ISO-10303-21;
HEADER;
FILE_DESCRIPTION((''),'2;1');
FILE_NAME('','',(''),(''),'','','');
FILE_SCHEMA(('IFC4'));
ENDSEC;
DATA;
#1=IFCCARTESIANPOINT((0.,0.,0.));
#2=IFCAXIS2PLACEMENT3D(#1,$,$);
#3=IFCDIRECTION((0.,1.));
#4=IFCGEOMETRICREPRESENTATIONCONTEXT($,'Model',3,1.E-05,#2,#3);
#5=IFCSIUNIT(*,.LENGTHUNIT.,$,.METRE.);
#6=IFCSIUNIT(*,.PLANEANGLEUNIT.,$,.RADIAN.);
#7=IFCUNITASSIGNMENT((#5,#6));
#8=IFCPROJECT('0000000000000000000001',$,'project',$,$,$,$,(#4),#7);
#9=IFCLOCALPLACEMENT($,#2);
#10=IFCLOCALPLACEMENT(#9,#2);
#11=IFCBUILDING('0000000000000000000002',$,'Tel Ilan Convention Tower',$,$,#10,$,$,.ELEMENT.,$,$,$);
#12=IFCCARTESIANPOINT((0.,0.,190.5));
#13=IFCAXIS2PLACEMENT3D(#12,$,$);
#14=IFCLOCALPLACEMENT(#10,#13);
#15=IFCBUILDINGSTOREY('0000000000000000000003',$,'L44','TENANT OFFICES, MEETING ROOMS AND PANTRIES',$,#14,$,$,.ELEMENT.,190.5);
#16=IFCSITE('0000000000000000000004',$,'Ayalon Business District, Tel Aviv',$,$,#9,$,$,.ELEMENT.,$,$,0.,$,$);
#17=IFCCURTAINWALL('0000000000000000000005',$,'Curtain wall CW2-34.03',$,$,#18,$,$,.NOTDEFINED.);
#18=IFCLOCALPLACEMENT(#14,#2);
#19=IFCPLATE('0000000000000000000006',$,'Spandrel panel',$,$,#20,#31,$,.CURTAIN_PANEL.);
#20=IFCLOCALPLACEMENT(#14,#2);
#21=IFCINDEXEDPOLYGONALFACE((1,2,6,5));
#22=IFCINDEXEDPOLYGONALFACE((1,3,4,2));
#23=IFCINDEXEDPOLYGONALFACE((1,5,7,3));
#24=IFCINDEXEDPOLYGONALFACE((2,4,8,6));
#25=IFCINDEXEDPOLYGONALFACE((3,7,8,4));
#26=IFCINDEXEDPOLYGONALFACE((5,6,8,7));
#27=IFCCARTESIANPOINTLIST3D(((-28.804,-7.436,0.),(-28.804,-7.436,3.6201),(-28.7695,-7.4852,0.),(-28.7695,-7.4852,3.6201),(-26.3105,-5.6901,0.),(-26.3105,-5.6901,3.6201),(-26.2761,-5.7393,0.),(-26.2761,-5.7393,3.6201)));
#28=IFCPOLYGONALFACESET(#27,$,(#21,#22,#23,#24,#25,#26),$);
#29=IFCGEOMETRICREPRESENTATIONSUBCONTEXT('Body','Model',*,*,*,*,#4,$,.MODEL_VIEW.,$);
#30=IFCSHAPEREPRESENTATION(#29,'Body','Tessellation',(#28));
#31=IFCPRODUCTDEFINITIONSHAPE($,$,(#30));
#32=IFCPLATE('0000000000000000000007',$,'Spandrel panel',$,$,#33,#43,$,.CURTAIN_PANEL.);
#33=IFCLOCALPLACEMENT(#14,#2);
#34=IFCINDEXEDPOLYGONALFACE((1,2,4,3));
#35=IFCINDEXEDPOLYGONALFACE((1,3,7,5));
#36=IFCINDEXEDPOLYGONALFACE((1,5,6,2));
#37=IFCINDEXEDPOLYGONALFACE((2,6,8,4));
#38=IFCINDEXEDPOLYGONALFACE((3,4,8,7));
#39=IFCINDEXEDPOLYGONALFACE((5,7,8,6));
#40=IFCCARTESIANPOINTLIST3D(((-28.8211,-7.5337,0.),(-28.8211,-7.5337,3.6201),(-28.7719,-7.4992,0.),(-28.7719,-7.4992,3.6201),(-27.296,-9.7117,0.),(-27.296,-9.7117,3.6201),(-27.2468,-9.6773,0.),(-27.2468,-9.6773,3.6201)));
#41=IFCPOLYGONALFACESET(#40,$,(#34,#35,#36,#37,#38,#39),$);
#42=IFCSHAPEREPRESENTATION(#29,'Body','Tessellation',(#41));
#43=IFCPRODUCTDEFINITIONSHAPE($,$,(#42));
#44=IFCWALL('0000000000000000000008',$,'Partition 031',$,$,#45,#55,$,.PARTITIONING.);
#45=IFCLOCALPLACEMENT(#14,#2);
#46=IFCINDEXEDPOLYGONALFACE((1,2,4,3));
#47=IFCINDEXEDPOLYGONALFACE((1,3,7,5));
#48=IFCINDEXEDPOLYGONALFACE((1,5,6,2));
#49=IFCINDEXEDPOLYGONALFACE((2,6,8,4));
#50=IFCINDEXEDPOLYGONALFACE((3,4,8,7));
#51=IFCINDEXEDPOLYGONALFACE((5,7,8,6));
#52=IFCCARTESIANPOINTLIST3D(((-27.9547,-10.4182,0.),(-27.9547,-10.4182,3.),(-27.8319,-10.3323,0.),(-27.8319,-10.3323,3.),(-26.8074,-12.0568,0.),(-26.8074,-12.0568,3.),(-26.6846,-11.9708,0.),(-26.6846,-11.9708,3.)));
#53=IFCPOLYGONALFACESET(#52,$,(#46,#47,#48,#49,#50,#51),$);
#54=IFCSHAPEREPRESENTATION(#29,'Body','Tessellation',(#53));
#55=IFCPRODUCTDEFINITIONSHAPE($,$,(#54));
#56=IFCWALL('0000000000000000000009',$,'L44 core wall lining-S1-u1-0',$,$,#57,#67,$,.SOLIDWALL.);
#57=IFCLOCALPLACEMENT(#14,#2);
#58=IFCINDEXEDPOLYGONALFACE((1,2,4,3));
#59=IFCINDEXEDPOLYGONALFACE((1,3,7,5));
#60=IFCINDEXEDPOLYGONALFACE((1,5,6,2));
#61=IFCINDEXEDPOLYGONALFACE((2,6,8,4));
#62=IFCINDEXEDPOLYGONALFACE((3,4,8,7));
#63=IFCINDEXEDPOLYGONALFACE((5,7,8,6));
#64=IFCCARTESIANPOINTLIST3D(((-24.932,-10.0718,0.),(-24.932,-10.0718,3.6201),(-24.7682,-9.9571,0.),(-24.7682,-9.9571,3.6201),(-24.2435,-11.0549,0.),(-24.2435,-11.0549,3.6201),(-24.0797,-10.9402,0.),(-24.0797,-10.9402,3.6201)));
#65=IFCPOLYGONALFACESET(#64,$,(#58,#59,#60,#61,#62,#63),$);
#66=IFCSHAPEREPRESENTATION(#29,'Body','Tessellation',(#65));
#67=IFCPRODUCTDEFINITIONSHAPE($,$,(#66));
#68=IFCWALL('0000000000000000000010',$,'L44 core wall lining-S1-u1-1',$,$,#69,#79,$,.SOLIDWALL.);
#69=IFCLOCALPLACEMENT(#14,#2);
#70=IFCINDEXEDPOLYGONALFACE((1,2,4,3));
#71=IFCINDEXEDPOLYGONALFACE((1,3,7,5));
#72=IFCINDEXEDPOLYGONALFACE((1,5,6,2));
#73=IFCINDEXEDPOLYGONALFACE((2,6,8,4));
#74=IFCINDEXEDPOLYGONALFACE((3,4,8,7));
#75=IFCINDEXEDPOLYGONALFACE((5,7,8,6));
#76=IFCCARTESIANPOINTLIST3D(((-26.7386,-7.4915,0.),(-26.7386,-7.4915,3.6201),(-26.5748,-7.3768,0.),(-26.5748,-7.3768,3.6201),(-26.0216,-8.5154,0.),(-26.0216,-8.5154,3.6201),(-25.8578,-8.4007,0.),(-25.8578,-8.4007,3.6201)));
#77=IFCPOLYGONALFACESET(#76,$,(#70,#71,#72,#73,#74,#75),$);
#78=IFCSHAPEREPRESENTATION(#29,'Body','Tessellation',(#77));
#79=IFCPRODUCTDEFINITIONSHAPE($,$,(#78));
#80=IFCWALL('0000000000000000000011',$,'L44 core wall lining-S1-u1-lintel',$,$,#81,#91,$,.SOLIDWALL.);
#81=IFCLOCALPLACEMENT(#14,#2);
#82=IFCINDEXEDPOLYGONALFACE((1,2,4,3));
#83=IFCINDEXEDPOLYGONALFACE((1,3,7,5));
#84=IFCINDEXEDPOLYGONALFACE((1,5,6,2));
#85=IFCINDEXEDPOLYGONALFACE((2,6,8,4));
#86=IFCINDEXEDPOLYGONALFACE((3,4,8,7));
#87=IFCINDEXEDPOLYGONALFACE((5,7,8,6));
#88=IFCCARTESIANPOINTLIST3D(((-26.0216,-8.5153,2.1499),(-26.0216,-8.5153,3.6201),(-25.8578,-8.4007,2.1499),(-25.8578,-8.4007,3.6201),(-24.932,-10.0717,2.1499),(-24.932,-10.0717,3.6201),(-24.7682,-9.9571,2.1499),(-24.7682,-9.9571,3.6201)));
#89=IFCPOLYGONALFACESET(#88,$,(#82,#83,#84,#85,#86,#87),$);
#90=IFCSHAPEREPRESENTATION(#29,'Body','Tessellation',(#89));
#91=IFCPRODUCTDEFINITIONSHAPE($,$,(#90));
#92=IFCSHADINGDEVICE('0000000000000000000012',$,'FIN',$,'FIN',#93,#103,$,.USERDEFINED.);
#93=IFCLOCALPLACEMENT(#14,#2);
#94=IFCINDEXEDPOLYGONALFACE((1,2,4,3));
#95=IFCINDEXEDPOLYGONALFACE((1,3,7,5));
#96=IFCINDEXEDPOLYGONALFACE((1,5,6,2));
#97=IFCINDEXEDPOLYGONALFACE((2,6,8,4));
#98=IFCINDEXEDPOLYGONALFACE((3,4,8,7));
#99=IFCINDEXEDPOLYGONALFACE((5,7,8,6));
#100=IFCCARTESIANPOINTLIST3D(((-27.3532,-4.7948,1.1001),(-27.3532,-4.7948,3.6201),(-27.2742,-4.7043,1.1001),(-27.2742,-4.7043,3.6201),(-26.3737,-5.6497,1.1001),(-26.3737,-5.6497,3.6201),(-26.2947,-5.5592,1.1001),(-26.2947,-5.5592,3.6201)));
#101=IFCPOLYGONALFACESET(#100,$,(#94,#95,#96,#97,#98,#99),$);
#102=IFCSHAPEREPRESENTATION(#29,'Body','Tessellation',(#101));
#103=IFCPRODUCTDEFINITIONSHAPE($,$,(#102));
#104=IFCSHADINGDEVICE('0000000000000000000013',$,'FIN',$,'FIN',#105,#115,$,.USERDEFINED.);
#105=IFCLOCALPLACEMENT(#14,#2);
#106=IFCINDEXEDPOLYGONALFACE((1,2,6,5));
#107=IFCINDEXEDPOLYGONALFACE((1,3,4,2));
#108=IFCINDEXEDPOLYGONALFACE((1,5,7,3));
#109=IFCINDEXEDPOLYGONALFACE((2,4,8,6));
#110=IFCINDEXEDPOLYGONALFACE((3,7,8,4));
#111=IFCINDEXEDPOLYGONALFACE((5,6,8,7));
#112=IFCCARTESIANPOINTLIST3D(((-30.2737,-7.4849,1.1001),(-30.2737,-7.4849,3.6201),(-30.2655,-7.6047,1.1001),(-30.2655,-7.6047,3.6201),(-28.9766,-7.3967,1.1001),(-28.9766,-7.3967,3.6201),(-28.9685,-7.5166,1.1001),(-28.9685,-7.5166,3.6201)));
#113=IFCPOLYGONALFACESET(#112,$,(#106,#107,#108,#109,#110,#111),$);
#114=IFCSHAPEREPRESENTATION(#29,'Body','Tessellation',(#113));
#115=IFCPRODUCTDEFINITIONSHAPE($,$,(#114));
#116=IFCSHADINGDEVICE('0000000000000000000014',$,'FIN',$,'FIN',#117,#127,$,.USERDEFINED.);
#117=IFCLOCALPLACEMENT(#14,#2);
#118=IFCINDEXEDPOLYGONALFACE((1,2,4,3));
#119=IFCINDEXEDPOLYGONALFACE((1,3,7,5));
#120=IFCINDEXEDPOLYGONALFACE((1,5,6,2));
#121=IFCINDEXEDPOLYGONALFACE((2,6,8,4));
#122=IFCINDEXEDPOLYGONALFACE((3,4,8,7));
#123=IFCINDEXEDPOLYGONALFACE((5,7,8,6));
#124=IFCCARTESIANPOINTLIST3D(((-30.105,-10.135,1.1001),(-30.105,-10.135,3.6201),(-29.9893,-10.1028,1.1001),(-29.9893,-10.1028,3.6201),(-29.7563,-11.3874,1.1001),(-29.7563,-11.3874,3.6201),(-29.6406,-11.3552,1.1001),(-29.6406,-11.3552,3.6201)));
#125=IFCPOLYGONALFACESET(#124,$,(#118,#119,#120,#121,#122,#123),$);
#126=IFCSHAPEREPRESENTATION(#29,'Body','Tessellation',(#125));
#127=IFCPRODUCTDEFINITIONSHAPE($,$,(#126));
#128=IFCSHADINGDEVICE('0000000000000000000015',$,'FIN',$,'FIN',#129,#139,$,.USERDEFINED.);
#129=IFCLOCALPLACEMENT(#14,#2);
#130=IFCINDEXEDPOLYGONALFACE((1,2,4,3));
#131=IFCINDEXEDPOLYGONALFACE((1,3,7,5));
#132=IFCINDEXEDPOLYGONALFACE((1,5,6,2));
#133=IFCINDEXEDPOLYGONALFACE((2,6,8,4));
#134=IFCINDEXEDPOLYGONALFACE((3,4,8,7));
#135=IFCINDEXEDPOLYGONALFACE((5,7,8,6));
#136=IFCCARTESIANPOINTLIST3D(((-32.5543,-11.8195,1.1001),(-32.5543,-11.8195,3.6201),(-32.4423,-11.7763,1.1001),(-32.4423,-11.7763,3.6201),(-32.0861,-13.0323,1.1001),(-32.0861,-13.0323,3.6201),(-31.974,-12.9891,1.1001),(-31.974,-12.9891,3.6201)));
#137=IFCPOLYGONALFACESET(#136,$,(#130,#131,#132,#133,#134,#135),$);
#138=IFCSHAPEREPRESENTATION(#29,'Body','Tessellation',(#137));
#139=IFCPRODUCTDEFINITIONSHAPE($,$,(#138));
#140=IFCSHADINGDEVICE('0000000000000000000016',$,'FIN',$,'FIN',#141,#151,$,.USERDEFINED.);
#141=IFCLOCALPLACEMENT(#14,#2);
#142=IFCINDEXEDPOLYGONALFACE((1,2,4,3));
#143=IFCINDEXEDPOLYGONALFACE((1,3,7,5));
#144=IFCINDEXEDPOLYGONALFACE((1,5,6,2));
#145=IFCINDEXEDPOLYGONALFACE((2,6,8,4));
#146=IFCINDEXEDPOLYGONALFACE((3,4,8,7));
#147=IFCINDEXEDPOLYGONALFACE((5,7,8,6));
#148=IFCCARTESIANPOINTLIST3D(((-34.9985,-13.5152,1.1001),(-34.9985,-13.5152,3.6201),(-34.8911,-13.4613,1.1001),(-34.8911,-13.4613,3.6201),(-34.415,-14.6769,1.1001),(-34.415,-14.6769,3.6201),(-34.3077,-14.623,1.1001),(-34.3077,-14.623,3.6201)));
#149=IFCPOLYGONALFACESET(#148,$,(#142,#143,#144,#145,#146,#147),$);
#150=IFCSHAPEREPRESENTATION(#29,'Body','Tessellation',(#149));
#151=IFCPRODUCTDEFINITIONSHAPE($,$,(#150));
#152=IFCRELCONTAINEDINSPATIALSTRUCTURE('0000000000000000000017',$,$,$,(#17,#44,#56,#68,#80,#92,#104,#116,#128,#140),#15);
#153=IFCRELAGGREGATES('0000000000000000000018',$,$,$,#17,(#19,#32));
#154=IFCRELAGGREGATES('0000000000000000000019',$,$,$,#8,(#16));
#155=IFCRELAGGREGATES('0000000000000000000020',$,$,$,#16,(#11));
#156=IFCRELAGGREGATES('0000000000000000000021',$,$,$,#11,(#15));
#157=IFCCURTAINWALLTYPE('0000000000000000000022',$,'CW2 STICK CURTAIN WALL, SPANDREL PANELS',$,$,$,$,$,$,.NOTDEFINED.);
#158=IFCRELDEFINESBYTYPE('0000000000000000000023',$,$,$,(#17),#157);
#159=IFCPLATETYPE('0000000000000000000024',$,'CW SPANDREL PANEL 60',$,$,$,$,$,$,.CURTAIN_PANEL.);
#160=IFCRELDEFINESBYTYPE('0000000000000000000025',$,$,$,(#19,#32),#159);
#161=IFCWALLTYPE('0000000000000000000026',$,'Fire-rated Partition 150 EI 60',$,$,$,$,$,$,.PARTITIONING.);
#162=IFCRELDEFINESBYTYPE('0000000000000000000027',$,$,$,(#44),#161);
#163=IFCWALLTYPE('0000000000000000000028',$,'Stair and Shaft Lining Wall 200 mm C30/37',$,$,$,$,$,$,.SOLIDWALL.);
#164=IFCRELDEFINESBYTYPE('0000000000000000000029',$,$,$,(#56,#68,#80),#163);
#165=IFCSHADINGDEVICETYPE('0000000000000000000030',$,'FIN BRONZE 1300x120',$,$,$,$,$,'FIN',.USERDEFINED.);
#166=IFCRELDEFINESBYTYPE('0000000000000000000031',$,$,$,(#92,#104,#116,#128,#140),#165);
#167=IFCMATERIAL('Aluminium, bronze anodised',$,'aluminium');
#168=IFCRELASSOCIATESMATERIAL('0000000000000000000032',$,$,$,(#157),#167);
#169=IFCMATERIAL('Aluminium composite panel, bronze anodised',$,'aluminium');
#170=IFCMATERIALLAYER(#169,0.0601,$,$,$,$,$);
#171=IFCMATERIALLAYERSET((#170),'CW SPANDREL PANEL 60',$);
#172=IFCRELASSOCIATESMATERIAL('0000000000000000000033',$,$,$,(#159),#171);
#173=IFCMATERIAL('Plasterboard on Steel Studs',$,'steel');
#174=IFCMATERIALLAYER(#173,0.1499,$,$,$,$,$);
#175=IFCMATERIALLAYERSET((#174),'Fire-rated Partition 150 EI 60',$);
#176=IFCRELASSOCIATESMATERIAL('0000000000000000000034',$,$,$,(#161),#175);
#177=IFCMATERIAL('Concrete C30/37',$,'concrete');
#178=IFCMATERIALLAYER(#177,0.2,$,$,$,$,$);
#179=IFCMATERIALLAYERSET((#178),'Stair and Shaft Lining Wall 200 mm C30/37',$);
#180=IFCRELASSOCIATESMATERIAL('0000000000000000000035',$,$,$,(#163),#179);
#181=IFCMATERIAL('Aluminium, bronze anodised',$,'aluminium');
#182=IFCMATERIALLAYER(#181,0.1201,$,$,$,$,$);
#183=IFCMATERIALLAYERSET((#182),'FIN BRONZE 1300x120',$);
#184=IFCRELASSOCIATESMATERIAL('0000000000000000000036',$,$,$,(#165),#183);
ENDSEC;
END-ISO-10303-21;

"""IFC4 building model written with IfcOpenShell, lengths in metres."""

from ifc_helpers import new_model, si_unit, direction, frame, frame_2d, origin, origin_2d, place, context, subcontext, project, spatial, rectangle, extrude, material, layer, layer_set, type_object, element, aggregate, save


model = new_model("IFC4")

# Units and contexts
model_context = context("Model", 3, precision=1e-05, world=origin(), true_north=direction((0.0, 1.0)))
body_context = subcontext(model_context, "Body", "Model", "MODEL_VIEW")
ifc_project = project(units=[si_unit("LENGTHUNIT", "METRE"), si_unit("PLANEANGLEUNIT", "RADIAN")], contexts=[model_context])

# Site, building, storey
site_placement = place(None, origin())
site = spatial("IfcSite", under=ifc_project, at=site_placement, Name="Ayalon Business District, Tel Aviv", CompositionType="ELEMENT", RefElevation=0.0)
building_placement = place(site_placement, origin())
building = spatial("IfcBuilding", under=site, at=building_placement, Name="Tel Ilan Convention Tower", CompositionType="ELEMENT")
storey_placement = place(building_placement, frame((0.0, 0.0, 190.5)))
storey = spatial("IfcBuildingStorey", under=building, at=storey_placement, Name="L44", Description="TENANT OFFICES, MEETING ROOMS AND PANTRIES", CompositionType="ELEMENT", Elevation=190.5)

# Curtain wall
ifc_material_1 = material(Name="Aluminium, bronze anodised", Category="aluminium")
curtain_wall_type_1 = type_object("IfcCurtainWallType", Name="CW2 STICK CURTAIN WALL, SPANDREL PANELS", PredefinedType="NOTDEFINED", material=ifc_material_1)
curtain_wall_1_placement = place(storey_placement, origin())
curtain_wall_1 = element("IfcCurtainWall", 1, at=curtain_wall_1_placement, inside=storey, type_object=curtain_wall_type_1, Name="Curtain wall CW2-34.03", PredefinedType="NOTDEFINED")

# Plates
ifc_material_2 = material(Name="Aluminium composite panel, bronze anodised", Category="aluminium")
ifc_layer_1 = layer(ifc_material_2, 0.0601)
ifc_layer_set_1 = layer_set([ifc_layer_1], Name="CW SPANDREL PANEL 60")
plate_type_1 = type_object("IfcPlateType", Name="CW SPANDREL PANEL 60", PredefinedType="CURTAIN_PANEL", material=ifc_layer_set_1)
plate_1_placement = place(storey_placement, frame((-27.54, -6.5876, 0.0), z_axis=(0.0, 0.0, 1.0), x_axis=(-0.819152, -0.573576, 0.0)))
plate_1 = element("IfcPlate", 2, at=plate_1_placement, type_object=plate_type_1, Name="Spandrel panel", PredefinedType="CURTAIN_PANEL", context=body_context, shape_type="SweptSolid", body=[
    extrude(rectangle(XDim=3.0439, YDim=0.0601, at=origin_2d()), origin(), (0.0, 0.0, 1.0), 3.6201),
])
plate_2_placement = place(storey_placement, frame((-28.0339, -8.6055, 0.0), z_axis=(0.0, 0.0, 1.0), x_axis=(0.573576, -0.819152, 0.0)))
plate_2 = element("IfcPlate", 3, at=plate_2_placement, type_object=plate_type_1, Name="Spandrel panel", PredefinedType="CURTAIN_PANEL", context=body_context, shape_type="SweptSolid", body=[
    extrude(rectangle(XDim=2.6589, YDim=0.0601, at=origin_2d()), origin(), (0.0, 0.0, 1.0), 3.6201),
])
aggregate(curtain_wall_1, [plate_1, plate_2])

# Walls
ifc_material_3 = material(Name="Plasterboard on Steel Studs", Category="steel")
ifc_layer_2 = layer(ifc_material_3, 0.1499)
ifc_layer_set_2 = layer_set([ifc_layer_2], Name="Fire-rated Partition 150 EI 60")
wall_type_1 = type_object("IfcWallType", Name="Fire-rated Partition 150 EI 60", PredefinedType="PARTITIONING", material=ifc_layer_set_2)
wall_1_placement = place(storey_placement, frame((-26.7461, -12.0137, 0.0), z_axis=(0.0, 0.0, 1.0), x_axis=(-0.573569, 0.819157, 0.0)))
element("IfcWall", 4, at=wall_1_placement, inside=storey, type_object=wall_type_1, Name="Partition 031", PredefinedType="PARTITIONING", context=body_context, shape_type="SweptSolid", body=[
    extrude(rectangle(XDim=2.0002, YDim=0.1499, at=frame_2d((1.0, 0.0))), origin(), (0.0, 0.0, 1.0), 3.0),
])
ifc_material_4 = material(Name="Concrete C30/37", Category="concrete")
ifc_layer_3 = layer(ifc_material_4, 0.2)
ifc_layer_set_3 = layer_set([ifc_layer_3], Name="Stair and Shaft Lining Wall 200 mm C30/37")
wall_type_2 = type_object("IfcWallType", Name="Stair and Shaft Lining Wall 200 mm C30/37", PredefinedType="SOLIDWALL", material=ifc_layer_set_3)
wall_2_placement = place(storey_placement, frame((-24.1616, -10.9976, 0.0), z_axis=(0.0, 0.0, 1.0), x_axis=(-0.573613, 0.819127, 0.0)))
element("IfcWall", 5, at=wall_2_placement, inside=storey, type_object=wall_type_2, Name="L44 core wall lining-S1-u1-0", PredefinedType="SOLIDWALL", context=body_context, shape_type="SweptSolid", body=[
    extrude(rectangle(XDim=1.2002, YDim=0.2, at=frame_2d((0.6001, 0.0))), origin(), (0.0, 0.0, 1.0), 3.6201),
])
wall_3_placement = place(storey_placement, frame((-25.9397, -8.458, 0.0), z_axis=(0.0, 0.0, 1.0), x_axis=(-0.57362, 0.819122, 0.0)))
element("IfcWall", 6, at=wall_3_placement, inside=storey, type_object=wall_type_2, Name="L44 core wall lining-S1-u1-1", PredefinedType="SOLIDWALL", context=body_context, shape_type="SweptSolid", body=[
    extrude(rectangle(XDim=1.25, YDim=0.2, at=frame_2d((0.625, 0.0))), origin(), (0.0, 0.0, 1.0), 3.6201),
])
wall_4_placement = place(storey_placement, frame((-24.8501, -10.0144, 2.1499), z_axis=(0.0, 0.0, 1.0), x_axis=(-0.573505, 0.819202, 0.0)))
element("IfcWall", 7, at=wall_4_placement, inside=storey, type_object=wall_type_2, Name="L44 core wall lining-S1-u1-lintel", PredefinedType="SOLIDWALL", context=body_context, shape_type="SweptSolid", body=[
    extrude(rectangle(XDim=1.8999, YDim=0.2, at=frame_2d((0.95, 0.0))), origin(), (0.0, 0.0, 1.0), 1.4702),
])

# Shading devices
ifc_material_5 = material(Name="Aluminium, bronze anodised", Category="aluminium")
ifc_layer_4 = layer(ifc_material_5, 0.1201)
ifc_layer_set_4 = layer_set([ifc_layer_4], Name="FIN BRONZE 1300x120")
shading_device_type = type_object("IfcShadingDeviceType", Name="FIN BRONZE 1300x120", ElementType="FIN", PredefinedType="USERDEFINED", material=ifc_layer_set_4)
for number, where, z_axis, x_axis, name in (
    (8, (-26.824, -5.177, 1.1001), (0.0, 0.0, 1.0), (-0.753436, 0.657521, 0.0), "FIN"),
    (9, (-29.6211, -7.5007, 1.1001), (0.0, 0.0, 1.0), (-0.997697, -0.067822, 0.0), "FIN"),
    (10, (-29.8728, -10.7451, 1.1001), (0.0, 0.0, 1.0), (-0.268173, 0.963371, 0.0), "FIN"),
    (11, (-32.2642, -12.4043, 1.1001), (0.0, 0.0, 1.0), (-0.360178, 0.932884, 0.0), "FIN"),
    (12, (-34.6531, -14.0691, 1.1001), (0.0, 0.0, 1.0), (-0.448799, 0.893633, 0.0), "FIN"),
):
    element("IfcShadingDevice", number, at=place(storey_placement, frame(where, z_axis=z_axis, x_axis=x_axis)), inside=storey, type_object=shading_device_type, Name=name, ObjectType="FIN", PredefinedType="USERDEFINED", context=body_context, shape_type="SweptSolid", body=[
        extrude(rectangle(XDim=1.3, YDim=0.1201, at=origin_2d()), origin(), (0.0, 0.0, 1.0), 2.52),
    ])

save(model, "model.ifc")
